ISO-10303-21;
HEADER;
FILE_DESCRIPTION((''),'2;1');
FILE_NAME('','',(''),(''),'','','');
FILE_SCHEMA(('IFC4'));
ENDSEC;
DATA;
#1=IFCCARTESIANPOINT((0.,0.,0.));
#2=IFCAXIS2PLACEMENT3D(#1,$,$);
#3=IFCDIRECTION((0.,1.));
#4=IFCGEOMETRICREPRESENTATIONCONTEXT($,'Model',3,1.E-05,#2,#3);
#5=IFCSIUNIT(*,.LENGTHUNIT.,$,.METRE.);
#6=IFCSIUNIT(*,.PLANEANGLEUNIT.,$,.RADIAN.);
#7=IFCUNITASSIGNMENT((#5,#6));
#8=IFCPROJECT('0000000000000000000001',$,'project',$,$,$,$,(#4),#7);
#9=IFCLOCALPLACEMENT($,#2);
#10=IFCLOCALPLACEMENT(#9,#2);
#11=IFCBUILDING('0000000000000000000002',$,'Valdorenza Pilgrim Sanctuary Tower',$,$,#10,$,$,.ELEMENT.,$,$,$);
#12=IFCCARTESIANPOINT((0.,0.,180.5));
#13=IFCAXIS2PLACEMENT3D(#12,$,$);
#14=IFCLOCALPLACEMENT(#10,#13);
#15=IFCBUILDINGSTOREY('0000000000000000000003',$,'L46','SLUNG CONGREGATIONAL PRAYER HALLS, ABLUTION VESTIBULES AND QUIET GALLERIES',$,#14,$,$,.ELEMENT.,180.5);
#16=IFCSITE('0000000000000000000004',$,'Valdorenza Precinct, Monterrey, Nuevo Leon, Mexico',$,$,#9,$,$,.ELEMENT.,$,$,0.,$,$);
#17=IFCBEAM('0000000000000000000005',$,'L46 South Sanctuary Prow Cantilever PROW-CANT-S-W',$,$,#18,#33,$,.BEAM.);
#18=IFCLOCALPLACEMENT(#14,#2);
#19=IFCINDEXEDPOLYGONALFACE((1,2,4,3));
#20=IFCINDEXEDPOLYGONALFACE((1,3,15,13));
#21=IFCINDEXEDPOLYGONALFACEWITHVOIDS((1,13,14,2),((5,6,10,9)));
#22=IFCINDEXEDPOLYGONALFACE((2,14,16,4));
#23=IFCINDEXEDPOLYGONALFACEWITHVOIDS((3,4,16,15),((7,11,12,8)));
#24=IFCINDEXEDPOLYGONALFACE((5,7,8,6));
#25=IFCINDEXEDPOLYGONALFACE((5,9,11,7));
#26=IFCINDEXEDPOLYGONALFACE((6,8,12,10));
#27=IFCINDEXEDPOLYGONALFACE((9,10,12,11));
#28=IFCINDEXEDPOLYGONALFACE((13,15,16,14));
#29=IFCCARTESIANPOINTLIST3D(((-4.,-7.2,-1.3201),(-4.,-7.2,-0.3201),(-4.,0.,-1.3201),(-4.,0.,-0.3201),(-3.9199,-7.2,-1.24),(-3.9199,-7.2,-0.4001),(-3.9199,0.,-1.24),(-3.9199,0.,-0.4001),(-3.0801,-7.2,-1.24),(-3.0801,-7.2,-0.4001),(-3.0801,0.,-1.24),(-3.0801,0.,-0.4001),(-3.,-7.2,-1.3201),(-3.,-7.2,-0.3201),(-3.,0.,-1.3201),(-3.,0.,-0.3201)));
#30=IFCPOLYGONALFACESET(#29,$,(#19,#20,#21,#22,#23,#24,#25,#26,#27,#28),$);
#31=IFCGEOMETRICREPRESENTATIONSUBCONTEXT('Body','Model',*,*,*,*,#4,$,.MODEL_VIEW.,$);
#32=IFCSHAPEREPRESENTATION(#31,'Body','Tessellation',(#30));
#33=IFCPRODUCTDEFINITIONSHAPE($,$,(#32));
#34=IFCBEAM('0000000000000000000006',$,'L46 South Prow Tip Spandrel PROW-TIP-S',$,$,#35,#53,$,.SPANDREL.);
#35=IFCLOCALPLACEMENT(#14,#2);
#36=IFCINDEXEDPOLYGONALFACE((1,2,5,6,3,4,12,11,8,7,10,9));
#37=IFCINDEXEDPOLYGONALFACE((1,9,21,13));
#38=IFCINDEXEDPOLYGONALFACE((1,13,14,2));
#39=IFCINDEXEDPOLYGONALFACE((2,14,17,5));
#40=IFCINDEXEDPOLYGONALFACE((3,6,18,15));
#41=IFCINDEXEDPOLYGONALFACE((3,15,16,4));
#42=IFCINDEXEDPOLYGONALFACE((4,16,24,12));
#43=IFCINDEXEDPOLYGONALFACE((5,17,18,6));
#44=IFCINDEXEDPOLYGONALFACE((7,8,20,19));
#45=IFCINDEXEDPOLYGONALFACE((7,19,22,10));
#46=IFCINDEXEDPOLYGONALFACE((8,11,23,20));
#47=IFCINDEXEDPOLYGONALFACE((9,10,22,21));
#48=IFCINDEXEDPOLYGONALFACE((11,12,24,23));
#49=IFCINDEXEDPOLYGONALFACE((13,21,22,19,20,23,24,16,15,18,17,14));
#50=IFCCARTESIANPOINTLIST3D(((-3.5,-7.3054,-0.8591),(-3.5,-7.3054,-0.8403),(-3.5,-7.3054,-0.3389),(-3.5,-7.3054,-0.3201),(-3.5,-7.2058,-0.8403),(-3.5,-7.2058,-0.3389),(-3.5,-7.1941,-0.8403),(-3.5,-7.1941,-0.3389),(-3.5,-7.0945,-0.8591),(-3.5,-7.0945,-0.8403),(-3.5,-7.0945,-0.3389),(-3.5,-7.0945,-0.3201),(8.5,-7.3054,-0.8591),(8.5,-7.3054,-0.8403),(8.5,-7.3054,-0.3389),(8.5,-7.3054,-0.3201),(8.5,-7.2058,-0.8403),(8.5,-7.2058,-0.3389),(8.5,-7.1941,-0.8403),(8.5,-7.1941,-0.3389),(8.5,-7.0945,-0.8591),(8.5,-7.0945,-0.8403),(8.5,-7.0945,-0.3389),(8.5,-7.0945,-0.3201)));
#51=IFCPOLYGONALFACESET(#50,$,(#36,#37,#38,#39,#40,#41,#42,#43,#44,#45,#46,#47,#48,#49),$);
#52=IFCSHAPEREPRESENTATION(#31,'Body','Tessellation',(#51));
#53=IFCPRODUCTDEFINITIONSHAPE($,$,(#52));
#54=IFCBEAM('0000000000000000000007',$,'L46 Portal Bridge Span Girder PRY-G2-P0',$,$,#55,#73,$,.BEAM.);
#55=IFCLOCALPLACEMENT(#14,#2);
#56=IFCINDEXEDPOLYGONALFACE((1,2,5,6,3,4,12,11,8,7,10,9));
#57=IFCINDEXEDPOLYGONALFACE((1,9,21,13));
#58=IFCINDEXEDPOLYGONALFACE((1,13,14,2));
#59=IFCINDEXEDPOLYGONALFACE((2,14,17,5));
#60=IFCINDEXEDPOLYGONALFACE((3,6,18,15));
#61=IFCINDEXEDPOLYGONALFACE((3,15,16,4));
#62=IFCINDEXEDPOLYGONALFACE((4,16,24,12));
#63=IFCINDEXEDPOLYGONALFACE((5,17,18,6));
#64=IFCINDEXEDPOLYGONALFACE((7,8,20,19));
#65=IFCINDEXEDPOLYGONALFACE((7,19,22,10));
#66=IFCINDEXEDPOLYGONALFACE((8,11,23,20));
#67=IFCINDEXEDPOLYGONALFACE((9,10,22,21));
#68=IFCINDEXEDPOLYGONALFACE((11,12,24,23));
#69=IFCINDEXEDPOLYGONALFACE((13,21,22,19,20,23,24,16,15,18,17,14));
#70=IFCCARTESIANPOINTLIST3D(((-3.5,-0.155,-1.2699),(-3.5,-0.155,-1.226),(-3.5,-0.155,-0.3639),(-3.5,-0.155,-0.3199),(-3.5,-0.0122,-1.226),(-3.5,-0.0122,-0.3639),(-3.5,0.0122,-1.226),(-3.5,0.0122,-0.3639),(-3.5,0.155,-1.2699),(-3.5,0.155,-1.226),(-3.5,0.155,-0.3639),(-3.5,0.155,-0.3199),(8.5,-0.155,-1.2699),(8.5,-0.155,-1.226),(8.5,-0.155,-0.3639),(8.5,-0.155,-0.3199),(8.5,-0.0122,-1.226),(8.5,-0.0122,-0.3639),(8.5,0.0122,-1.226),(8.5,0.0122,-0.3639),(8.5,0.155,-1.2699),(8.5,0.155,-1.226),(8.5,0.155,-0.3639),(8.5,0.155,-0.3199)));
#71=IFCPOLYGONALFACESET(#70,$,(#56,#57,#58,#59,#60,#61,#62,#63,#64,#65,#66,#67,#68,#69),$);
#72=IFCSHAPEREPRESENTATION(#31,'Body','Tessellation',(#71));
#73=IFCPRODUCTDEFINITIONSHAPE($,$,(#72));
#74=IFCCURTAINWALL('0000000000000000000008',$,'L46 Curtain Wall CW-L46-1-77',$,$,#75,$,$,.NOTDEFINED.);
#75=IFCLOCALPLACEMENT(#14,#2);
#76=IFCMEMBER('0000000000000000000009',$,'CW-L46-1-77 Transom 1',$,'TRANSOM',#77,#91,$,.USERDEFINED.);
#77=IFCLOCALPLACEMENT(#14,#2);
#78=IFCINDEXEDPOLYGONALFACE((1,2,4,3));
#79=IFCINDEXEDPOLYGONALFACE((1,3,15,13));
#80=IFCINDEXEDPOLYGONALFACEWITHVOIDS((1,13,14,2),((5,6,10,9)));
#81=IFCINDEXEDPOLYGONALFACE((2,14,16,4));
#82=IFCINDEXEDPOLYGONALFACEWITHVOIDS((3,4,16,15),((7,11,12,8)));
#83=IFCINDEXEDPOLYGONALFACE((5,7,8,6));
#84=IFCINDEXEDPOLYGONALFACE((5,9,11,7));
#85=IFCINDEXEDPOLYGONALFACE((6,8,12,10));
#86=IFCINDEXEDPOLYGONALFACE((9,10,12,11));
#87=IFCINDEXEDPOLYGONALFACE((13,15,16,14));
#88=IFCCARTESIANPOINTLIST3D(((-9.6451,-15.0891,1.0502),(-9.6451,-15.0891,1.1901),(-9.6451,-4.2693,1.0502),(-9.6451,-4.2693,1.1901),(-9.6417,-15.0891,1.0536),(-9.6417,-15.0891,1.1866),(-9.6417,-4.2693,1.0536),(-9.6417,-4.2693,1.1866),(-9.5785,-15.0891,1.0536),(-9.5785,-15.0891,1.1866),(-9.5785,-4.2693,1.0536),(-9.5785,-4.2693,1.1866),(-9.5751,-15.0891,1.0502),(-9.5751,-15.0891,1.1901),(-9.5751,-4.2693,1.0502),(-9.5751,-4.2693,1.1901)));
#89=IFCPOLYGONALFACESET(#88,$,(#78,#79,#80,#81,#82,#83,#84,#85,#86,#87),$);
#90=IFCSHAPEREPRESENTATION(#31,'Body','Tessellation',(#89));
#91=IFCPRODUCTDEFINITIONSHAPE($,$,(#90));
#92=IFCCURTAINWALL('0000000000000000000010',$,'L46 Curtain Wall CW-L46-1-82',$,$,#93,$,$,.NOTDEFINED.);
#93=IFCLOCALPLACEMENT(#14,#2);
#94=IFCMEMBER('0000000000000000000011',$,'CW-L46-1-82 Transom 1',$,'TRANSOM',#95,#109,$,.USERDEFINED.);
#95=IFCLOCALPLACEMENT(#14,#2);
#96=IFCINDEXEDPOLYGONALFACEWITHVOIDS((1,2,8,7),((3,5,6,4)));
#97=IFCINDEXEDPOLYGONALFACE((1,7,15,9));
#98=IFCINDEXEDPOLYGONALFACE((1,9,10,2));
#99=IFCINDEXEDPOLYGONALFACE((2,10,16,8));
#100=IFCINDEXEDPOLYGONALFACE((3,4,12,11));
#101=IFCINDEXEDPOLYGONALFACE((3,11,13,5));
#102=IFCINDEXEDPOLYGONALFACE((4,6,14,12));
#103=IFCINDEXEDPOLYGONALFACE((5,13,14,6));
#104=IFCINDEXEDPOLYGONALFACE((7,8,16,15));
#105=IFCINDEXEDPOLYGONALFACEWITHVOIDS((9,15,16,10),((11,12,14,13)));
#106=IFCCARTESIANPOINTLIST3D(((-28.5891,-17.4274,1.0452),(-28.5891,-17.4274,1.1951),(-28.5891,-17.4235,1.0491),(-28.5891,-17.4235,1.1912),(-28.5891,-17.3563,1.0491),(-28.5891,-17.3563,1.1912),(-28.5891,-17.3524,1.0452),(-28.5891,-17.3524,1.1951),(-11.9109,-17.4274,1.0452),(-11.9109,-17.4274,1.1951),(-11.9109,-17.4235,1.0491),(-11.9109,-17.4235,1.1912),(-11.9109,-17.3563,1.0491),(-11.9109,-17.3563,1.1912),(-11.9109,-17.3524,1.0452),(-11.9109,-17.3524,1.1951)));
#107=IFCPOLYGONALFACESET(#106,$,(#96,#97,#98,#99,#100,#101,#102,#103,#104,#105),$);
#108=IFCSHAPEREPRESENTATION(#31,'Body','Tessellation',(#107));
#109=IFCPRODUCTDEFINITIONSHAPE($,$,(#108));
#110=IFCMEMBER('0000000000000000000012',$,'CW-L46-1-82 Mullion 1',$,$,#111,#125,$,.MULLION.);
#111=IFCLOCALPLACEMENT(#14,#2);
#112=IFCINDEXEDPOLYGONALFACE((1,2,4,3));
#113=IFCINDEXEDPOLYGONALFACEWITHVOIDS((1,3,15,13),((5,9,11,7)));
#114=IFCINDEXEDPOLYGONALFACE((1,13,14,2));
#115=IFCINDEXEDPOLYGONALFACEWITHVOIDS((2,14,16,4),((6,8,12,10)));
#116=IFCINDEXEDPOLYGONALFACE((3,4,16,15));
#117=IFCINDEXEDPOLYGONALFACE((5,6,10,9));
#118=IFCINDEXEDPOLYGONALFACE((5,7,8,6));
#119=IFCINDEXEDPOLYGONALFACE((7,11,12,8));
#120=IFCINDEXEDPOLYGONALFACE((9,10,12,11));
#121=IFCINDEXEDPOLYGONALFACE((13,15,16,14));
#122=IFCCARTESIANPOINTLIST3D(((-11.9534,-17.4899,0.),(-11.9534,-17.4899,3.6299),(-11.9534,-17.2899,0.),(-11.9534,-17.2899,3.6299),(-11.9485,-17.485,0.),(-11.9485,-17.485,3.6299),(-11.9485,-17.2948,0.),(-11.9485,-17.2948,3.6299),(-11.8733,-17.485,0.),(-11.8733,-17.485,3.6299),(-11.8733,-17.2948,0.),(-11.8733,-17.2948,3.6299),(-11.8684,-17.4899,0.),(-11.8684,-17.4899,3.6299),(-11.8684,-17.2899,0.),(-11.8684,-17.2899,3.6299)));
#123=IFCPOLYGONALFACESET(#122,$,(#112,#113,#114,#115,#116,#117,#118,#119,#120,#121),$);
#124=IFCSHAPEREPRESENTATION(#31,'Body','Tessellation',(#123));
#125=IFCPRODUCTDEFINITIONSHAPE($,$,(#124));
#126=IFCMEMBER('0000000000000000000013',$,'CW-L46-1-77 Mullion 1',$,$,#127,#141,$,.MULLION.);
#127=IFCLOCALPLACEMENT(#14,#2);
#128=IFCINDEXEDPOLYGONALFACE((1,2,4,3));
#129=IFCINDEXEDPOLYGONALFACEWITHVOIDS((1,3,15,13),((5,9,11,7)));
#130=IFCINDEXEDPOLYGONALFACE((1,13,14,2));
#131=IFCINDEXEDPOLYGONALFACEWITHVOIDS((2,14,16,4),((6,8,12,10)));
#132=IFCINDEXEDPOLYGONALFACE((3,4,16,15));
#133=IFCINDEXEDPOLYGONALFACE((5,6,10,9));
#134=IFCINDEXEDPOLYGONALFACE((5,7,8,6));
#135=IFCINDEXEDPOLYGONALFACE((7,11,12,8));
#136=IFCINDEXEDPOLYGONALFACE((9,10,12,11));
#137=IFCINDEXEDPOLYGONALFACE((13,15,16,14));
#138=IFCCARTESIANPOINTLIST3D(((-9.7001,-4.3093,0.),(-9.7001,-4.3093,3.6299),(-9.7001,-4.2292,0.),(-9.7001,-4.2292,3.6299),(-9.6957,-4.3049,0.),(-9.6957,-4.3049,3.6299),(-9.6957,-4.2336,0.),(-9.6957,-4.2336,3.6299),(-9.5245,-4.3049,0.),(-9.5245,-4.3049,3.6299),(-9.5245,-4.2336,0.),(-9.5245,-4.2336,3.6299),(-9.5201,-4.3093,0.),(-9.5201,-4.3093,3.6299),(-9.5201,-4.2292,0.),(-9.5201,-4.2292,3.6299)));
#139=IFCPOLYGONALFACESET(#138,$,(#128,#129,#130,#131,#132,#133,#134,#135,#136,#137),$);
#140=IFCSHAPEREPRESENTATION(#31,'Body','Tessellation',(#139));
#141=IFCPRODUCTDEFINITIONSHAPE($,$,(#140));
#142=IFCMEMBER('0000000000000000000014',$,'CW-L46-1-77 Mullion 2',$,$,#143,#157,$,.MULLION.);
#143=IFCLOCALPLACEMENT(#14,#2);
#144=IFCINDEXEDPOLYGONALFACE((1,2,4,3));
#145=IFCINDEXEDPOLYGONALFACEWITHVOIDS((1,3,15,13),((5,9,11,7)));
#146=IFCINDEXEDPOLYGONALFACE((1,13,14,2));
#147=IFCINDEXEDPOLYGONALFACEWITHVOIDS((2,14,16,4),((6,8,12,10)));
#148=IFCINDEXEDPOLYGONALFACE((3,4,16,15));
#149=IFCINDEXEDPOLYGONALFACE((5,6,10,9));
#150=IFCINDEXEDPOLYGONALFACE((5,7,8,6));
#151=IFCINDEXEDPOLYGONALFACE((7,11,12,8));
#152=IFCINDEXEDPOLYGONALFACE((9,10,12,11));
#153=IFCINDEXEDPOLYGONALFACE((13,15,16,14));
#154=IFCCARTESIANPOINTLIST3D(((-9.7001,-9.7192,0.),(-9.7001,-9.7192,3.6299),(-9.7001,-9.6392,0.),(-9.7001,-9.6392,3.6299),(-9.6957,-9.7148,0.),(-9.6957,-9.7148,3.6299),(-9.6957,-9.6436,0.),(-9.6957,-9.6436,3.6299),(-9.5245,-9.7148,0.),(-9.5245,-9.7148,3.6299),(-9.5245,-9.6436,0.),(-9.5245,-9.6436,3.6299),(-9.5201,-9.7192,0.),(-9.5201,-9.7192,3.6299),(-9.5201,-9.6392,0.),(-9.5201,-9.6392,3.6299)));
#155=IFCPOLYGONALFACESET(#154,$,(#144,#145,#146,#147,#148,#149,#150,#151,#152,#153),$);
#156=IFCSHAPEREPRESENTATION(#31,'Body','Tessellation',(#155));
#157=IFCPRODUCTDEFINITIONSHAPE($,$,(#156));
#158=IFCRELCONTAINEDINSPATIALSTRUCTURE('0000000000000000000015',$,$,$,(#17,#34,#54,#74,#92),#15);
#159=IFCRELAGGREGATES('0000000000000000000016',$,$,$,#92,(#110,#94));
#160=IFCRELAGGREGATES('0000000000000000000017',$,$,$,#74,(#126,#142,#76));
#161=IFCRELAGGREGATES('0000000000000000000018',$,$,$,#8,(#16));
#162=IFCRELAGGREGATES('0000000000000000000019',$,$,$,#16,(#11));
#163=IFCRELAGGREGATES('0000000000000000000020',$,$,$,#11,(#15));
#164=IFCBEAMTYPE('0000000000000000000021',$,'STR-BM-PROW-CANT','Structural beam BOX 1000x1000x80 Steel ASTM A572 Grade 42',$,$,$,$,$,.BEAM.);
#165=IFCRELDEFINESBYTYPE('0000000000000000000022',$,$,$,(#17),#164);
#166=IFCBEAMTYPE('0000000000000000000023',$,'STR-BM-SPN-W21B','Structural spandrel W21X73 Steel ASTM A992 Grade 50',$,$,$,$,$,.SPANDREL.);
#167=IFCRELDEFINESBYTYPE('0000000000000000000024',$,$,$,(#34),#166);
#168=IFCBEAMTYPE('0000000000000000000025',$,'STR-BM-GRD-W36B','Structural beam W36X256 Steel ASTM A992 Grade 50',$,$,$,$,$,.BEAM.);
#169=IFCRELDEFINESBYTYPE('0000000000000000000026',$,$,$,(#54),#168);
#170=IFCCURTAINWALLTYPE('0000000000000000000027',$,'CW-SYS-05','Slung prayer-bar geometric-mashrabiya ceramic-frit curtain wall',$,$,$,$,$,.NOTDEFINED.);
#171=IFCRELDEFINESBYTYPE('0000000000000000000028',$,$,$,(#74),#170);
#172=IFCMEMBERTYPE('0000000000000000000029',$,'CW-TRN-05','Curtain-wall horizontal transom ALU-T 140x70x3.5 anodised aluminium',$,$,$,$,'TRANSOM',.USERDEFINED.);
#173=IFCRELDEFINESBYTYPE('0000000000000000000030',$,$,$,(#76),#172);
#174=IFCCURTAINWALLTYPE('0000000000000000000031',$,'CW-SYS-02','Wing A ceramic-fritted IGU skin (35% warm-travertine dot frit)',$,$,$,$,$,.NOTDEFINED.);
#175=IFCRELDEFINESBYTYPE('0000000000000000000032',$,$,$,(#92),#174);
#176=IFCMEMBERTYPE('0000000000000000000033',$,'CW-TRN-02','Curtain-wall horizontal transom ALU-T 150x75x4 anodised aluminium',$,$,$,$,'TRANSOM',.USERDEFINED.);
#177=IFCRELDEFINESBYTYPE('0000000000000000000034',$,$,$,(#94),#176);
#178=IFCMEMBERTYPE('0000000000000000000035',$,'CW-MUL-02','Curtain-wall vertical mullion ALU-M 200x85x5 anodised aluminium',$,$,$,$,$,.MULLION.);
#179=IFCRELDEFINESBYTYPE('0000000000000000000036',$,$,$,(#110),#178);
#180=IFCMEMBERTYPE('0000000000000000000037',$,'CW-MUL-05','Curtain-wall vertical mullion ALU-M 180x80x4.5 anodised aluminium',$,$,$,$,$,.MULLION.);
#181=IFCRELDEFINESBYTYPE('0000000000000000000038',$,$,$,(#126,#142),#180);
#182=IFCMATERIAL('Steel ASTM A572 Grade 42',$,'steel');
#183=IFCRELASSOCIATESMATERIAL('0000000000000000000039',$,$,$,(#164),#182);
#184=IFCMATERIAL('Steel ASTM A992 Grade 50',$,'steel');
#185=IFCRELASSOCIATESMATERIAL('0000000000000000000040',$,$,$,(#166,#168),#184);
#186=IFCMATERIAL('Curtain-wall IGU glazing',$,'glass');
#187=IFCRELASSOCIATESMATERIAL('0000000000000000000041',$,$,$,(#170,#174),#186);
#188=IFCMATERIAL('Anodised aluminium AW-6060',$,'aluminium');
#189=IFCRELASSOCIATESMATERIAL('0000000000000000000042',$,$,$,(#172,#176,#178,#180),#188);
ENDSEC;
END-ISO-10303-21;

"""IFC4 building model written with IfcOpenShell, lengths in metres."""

from ifc_helpers import new_model, si_unit, direction, frame, origin, origin_2d, place, context, subcontext, project, spatial, hollow_rectangle, i_section, extrude, source, transform, mapped, material, material_profile, profile_set, type_object, element, aggregate, save


model = new_model("IFC4")

# Units and contexts
model_context = context("Model", 3, precision=1e-05, world=origin(), true_north=direction((0.0, 1.0)))
body_context = subcontext(model_context, "Body", "Model", "MODEL_VIEW")
ifc_project = project(units=[si_unit("LENGTHUNIT", "METRE"), si_unit("PLANEANGLEUNIT", "RADIAN")], contexts=[model_context])

# Site, building, storey
site_placement = place(None, origin())
site = spatial("IfcSite", under=ifc_project, at=site_placement, Name="Valdorenza Precinct, Monterrey, Nuevo Leon, Mexico", CompositionType="ELEMENT", RefElevation=0.0)
building_placement = place(site_placement, origin())
building = spatial("IfcBuilding", under=site, at=building_placement, Name="Valdorenza Pilgrim Sanctuary Tower", CompositionType="ELEMENT")
storey_placement = place(building_placement, frame((0.0, 0.0, 180.5)))
storey = spatial("IfcBuildingStorey", under=building, at=storey_placement, Name="L46", Description="SLUNG CONGREGATIONAL PRAYER HALLS, ABLUTION VESTIBULES AND QUIET GALLERIES", CompositionType="ELEMENT", Elevation=180.5)

# Shared definitions
ifc_material_1 = material(Name="Steel ASTM A992 Grade 50", Category="steel")

# Beams
ifc_material_2 = material(Name="Steel ASTM A572 Grade 42", Category="steel")
ifc_material_profile_1 = material_profile(ifc_material_2, hollow_rectangle(XDim=1.0, YDim=1.0, WallThickness=0.0801, at=origin_2d()), Name="BOX 1000x1000x80")
ifc_profile_set_1 = profile_set([ifc_material_profile_1], Name="Steel ASTM A572 Grade 42")
beam_type_1 = type_object("IfcBeamType", Name="STR-BM-PROW-CANT", Description="Structural beam BOX 1000x1000x80 Steel ASTM A572 Grade 42", PredefinedType="BEAM", material=ifc_profile_set_1)
shared_shape_1 = source(origin(), body_context, "Body", "SweptSolid", [
    extrude(hollow_rectangle(XDim=1.0, YDim=1.0, WallThickness=0.0801, at=origin_2d()), origin(), (0.0, 0.0, 1.0), 7.2),
])
beam_1_placement = place(storey_placement, frame((-3.5, 0.0, -0.8201), z_axis=(0.0, -1.0, 0.0), x_axis=(1.0, 0.0, 0.0)))
element("IfcBeam", 1, at=beam_1_placement, inside=storey, type_object=beam_type_1, Name="L46 South Sanctuary Prow Cantilever PROW-CANT-S-W", PredefinedType="BEAM", context=body_context, shape_type="MappedRepresentation", body=[
    mapped(shared_shape_1, transform((0.0, 0.0, 0.0), x_axis=(1.0, 0.0, 0.0), y_axis=(0.0, 1.0, 0.0), z_axis=(0.0, 0.0, 1.0), scale=1.0)),
])
ifc_material_profile_2 = material_profile(ifc_material_1, i_section(OverallWidth=0.2109, OverallDepth=0.5391, WebThickness=0.0117, FlangeThickness=0.0188, at=origin_2d()), Name="W21X73")
ifc_profile_set_2 = profile_set([ifc_material_profile_2], Name="Steel ASTM A992 Grade 50")
beam_type_2 = type_object("IfcBeamType", Name="STR-BM-SPN-W21B", Description="Structural spandrel W21X73 Steel ASTM A992 Grade 50", PredefinedType="SPANDREL", material=ifc_profile_set_2)
shared_shape_2 = source(origin(), body_context, "Body", "SweptSolid", [
    extrude(i_section(OverallWidth=0.2109, OverallDepth=0.5391, WebThickness=0.0117, FlangeThickness=0.0188, at=origin_2d()), origin(), (0.0, 0.0, 1.0), 12.0),
])
beam_2_placement = place(storey_placement, frame((-3.5, -7.2, -0.5896), z_axis=(1.0, 0.0, 0.0), x_axis=(0.0, 1.0, 0.0)))
element("IfcBeam", 2, at=beam_2_placement, inside=storey, type_object=beam_type_2, Name="L46 South Prow Tip Spandrel PROW-TIP-S", PredefinedType="SPANDREL", context=body_context, shape_type="MappedRepresentation", body=[
    mapped(shared_shape_2, transform((0.0, 0.0, 0.0), x_axis=(1.0, 0.0, 0.0), y_axis=(0.0, 1.0, 0.0), z_axis=(0.0, 0.0, 1.0), scale=1.0)),
])
ifc_material_profile_3 = material_profile(ifc_material_1, i_section(OverallWidth=0.3101, OverallDepth=0.95, WebThickness=0.0244, FlangeThickness=0.0439, at=origin_2d()), Name="W36X256")
ifc_profile_set_3 = profile_set([ifc_material_profile_3], Name="Steel ASTM A992 Grade 50")
beam_type_3 = type_object("IfcBeamType", Name="STR-BM-GRD-W36B", Description="Structural beam W36X256 Steel ASTM A992 Grade 50", PredefinedType="BEAM", material=ifc_profile_set_3)
shared_shape_3 = source(origin(), body_context, "Body", "SweptSolid", [
    extrude(i_section(OverallWidth=0.3101, OverallDepth=0.95, WebThickness=0.0244, FlangeThickness=0.0439, at=origin_2d()), origin(), (0.0, 0.0, 1.0), 12.0),
])
beam_3_placement = place(storey_placement, frame((-3.5, 0.0, -0.7949), z_axis=(1.0, 0.0, 0.0), x_axis=(0.0, 1.0, 0.0)))
element("IfcBeam", 3, at=beam_3_placement, inside=storey, type_object=beam_type_3, Name="L46 Portal Bridge Span Girder PRY-G2-P0", PredefinedType="BEAM", context=body_context, shape_type="MappedRepresentation", body=[
    mapped(shared_shape_3, transform((0.0, 0.0, 0.0), x_axis=(1.0, 0.0, 0.0), y_axis=(0.0, 1.0, 0.0), z_axis=(0.0, 0.0, 1.0), scale=1.0)),
])

# Curtain wall, member
ifc_material_3 = material(Name="Curtain-wall IGU glazing", Category="glass")
curtain_wall_type_1 = type_object("IfcCurtainWallType", Name="CW-SYS-05", Description="Slung prayer-bar geometric-mashrabiya ceramic-frit curtain wall", PredefinedType="NOTDEFINED", material=ifc_material_3)
curtain_wall_1_placement = place(storey_placement, origin())
curtain_wall_1 = element("IfcCurtainWall", 4, at=curtain_wall_1_placement, inside=storey, type_object=curtain_wall_type_1, Name="L46 Curtain Wall CW-L46-1-77", PredefinedType="NOTDEFINED")
ifc_material_4 = material(Name="Anodised aluminium AW-6060", Category="aluminium")
ifc_material_profile_4 = material_profile(ifc_material_4, hollow_rectangle(XDim=0.0701, YDim=0.1399, WallThickness=0.0034, at=origin_2d()), Name="ALU-T 140x70x3.5")
ifc_profile_set_4 = profile_set([ifc_material_profile_4], Name="Anodised aluminium AW-6060")
member_type_1 = type_object("IfcMemberType", Name="CW-TRN-05", Description="Curtain-wall horizontal transom ALU-T 140x70x3.5 anodised aluminium", ElementType="TRANSOM", PredefinedType="USERDEFINED", material=ifc_profile_set_4)
shared_shape_4 = source(origin(), body_context, "Body", "SweptSolid", [
    extrude(hollow_rectangle(XDim=0.0701, YDim=0.1399, WallThickness=0.0034, at=origin_2d()), origin(), (0.0, 0.0, 1.0), 10.8198),
])
member_1_placement = place(storey_placement, frame((-9.6101, -4.2693, 1.1201), z_axis=(0.0, -1.0, 0.0), x_axis=(1.0, 0.0, 0.0)))
member_1 = element("IfcMember", 5, at=member_1_placement, type_object=member_type_1, Name="CW-L46-1-77 Transom 1", ObjectType="TRANSOM", PredefinedType="USERDEFINED", context=body_context, shape_type="MappedRepresentation", body=[
    mapped(shared_shape_4, transform((0.0, 0.0, 0.0), x_axis=(1.0, 0.0, 0.0), y_axis=(0.0, 1.0, 0.0), z_axis=(0.0, 0.0, 1.0), scale=1.0)),
])

# Curtain wall, members
curtain_wall_type_2 = type_object("IfcCurtainWallType", Name="CW-SYS-02", Description="Wing A ceramic-fritted IGU skin (35% warm-travertine dot frit)", PredefinedType="NOTDEFINED", material=ifc_material_3)
curtain_wall_2_placement = place(storey_placement, origin())
curtain_wall_2 = element("IfcCurtainWall", 6, at=curtain_wall_2_placement, inside=storey, type_object=curtain_wall_type_2, Name="L46 Curtain Wall CW-L46-1-82", PredefinedType="NOTDEFINED")
ifc_material_profile_5 = material_profile(ifc_material_4, hollow_rectangle(XDim=0.075, YDim=0.1499, WallThickness=0.0039, at=origin_2d()), Name="ALU-T 150x75x4")
ifc_profile_set_5 = profile_set([ifc_material_profile_5], Name="Anodised aluminium AW-6060")
member_type_2 = type_object("IfcMemberType", Name="CW-TRN-02", Description="Curtain-wall horizontal transom ALU-T 150x75x4 anodised aluminium", ElementType="TRANSOM", PredefinedType="USERDEFINED", material=ifc_profile_set_5)
shared_shape_5 = source(origin(), body_context, "Body", "SweptSolid", [
    extrude(hollow_rectangle(XDim=0.075, YDim=0.1499, WallThickness=0.0039, at=origin_2d()), origin(), (0.0, 0.0, 1.0), 16.6782),
])
member_2_placement = place(storey_placement, frame((-11.9109, -17.3899, 1.1201), z_axis=(-1.0, 0.0, 0.0), x_axis=(0.0, -1.0, 0.0)))
member_2 = element("IfcMember", 7, at=member_2_placement, type_object=member_type_2, Name="CW-L46-1-82 Transom 1", ObjectType="TRANSOM", PredefinedType="USERDEFINED", context=body_context, shape_type="MappedRepresentation", body=[
    mapped(shared_shape_5, transform((0.0, 0.0, 0.0), x_axis=(1.0, 0.0, 0.0), y_axis=(0.0, 1.0, 0.0), z_axis=(0.0, 0.0, 1.0), scale=1.0)),
])
ifc_material_profile_6 = material_profile(ifc_material_4, hollow_rectangle(XDim=0.085, YDim=0.2, WallThickness=0.0049, at=origin_2d()), Name="ALU-M 200x85x5")
ifc_profile_set_6 = profile_set([ifc_material_profile_6], Name="Anodised aluminium AW-6060")
member_type_3 = type_object("IfcMemberType", Name="CW-MUL-02", Description="Curtain-wall vertical mullion ALU-M 200x85x5 anodised aluminium", PredefinedType="MULLION", material=ifc_profile_set_6)
shared_shape_6 = source(origin(), body_context, "Body", "SweptSolid", [
    extrude(hollow_rectangle(XDim=0.085, YDim=0.2, WallThickness=0.0049, at=origin_2d()), origin(), (0.0, 0.0, 1.0), 3.6299),
])
member_3_placement = place(storey_placement, frame((-11.9109, -17.3899, 0.0), z_axis=(0.0, 0.0, 1.0), x_axis=(-1.0, 0.0, 0.0)))
member_3 = element("IfcMember", 8, at=member_3_placement, type_object=member_type_3, Name="CW-L46-1-82 Mullion 1", PredefinedType="MULLION", context=body_context, shape_type="MappedRepresentation", body=[
    mapped(shared_shape_6, transform((0.0, 0.0, 0.0), x_axis=(1.0, 0.0, 0.0), y_axis=(0.0, 1.0, 0.0), z_axis=(0.0, 0.0, 1.0), scale=1.0)),
])
aggregate(curtain_wall_2, [member_3, member_2])

# Members
ifc_material_profile_7 = material_profile(ifc_material_4, hollow_rectangle(XDim=0.0801, YDim=0.1799, WallThickness=0.0044, at=origin_2d()), Name="ALU-M 180x80x4.5")
ifc_profile_set_7 = profile_set([ifc_material_profile_7], Name="Anodised aluminium AW-6060")
member_type_4 = type_object("IfcMemberType", Name="CW-MUL-05", Description="Curtain-wall vertical mullion ALU-M 180x80x4.5 anodised aluminium", PredefinedType="MULLION", material=ifc_profile_set_7)
shared_shape_7 = source(origin(), body_context, "Body", "SweptSolid", [
    extrude(hollow_rectangle(XDim=0.0801, YDim=0.1799, WallThickness=0.0044, at=origin_2d()), origin(), (0.0, 0.0, 1.0), 3.6299),
])
member_4_placement = place(storey_placement, frame((-9.6101, -4.2693, 0.0), z_axis=(0.0, 0.0, 1.0), x_axis=(0.0, -1.0, 0.0)))
member_4 = element("IfcMember", 9, at=member_4_placement, type_object=member_type_4, Name="CW-L46-1-77 Mullion 1", PredefinedType="MULLION", context=body_context, shape_type="MappedRepresentation", body=[
    mapped(shared_shape_7, transform((0.0, 0.0, 0.0), x_axis=(1.0, 0.0, 0.0), y_axis=(0.0, 1.0, 0.0), z_axis=(0.0, 0.0, 1.0), scale=1.0)),
])
member_5_placement = place(storey_placement, frame((-9.6101, -9.6792, 0.0), z_axis=(0.0, 0.0, 1.0), x_axis=(0.0, -1.0, 0.0)))
member_5 = element("IfcMember", 10, at=member_5_placement, type_object=member_type_4, Name="CW-L46-1-77 Mullion 2", PredefinedType="MULLION", context=body_context, shape_type="MappedRepresentation", body=[
    mapped(shared_shape_7, transform((0.0, 0.0, 0.0), x_axis=(1.0, 0.0, 0.0), y_axis=(0.0, 1.0, 0.0), z_axis=(0.0, 0.0, 1.0), scale=1.0)),
])

aggregate(curtain_wall_1, [member_4, member_5, member_1])

save(model, "model.ifc")
